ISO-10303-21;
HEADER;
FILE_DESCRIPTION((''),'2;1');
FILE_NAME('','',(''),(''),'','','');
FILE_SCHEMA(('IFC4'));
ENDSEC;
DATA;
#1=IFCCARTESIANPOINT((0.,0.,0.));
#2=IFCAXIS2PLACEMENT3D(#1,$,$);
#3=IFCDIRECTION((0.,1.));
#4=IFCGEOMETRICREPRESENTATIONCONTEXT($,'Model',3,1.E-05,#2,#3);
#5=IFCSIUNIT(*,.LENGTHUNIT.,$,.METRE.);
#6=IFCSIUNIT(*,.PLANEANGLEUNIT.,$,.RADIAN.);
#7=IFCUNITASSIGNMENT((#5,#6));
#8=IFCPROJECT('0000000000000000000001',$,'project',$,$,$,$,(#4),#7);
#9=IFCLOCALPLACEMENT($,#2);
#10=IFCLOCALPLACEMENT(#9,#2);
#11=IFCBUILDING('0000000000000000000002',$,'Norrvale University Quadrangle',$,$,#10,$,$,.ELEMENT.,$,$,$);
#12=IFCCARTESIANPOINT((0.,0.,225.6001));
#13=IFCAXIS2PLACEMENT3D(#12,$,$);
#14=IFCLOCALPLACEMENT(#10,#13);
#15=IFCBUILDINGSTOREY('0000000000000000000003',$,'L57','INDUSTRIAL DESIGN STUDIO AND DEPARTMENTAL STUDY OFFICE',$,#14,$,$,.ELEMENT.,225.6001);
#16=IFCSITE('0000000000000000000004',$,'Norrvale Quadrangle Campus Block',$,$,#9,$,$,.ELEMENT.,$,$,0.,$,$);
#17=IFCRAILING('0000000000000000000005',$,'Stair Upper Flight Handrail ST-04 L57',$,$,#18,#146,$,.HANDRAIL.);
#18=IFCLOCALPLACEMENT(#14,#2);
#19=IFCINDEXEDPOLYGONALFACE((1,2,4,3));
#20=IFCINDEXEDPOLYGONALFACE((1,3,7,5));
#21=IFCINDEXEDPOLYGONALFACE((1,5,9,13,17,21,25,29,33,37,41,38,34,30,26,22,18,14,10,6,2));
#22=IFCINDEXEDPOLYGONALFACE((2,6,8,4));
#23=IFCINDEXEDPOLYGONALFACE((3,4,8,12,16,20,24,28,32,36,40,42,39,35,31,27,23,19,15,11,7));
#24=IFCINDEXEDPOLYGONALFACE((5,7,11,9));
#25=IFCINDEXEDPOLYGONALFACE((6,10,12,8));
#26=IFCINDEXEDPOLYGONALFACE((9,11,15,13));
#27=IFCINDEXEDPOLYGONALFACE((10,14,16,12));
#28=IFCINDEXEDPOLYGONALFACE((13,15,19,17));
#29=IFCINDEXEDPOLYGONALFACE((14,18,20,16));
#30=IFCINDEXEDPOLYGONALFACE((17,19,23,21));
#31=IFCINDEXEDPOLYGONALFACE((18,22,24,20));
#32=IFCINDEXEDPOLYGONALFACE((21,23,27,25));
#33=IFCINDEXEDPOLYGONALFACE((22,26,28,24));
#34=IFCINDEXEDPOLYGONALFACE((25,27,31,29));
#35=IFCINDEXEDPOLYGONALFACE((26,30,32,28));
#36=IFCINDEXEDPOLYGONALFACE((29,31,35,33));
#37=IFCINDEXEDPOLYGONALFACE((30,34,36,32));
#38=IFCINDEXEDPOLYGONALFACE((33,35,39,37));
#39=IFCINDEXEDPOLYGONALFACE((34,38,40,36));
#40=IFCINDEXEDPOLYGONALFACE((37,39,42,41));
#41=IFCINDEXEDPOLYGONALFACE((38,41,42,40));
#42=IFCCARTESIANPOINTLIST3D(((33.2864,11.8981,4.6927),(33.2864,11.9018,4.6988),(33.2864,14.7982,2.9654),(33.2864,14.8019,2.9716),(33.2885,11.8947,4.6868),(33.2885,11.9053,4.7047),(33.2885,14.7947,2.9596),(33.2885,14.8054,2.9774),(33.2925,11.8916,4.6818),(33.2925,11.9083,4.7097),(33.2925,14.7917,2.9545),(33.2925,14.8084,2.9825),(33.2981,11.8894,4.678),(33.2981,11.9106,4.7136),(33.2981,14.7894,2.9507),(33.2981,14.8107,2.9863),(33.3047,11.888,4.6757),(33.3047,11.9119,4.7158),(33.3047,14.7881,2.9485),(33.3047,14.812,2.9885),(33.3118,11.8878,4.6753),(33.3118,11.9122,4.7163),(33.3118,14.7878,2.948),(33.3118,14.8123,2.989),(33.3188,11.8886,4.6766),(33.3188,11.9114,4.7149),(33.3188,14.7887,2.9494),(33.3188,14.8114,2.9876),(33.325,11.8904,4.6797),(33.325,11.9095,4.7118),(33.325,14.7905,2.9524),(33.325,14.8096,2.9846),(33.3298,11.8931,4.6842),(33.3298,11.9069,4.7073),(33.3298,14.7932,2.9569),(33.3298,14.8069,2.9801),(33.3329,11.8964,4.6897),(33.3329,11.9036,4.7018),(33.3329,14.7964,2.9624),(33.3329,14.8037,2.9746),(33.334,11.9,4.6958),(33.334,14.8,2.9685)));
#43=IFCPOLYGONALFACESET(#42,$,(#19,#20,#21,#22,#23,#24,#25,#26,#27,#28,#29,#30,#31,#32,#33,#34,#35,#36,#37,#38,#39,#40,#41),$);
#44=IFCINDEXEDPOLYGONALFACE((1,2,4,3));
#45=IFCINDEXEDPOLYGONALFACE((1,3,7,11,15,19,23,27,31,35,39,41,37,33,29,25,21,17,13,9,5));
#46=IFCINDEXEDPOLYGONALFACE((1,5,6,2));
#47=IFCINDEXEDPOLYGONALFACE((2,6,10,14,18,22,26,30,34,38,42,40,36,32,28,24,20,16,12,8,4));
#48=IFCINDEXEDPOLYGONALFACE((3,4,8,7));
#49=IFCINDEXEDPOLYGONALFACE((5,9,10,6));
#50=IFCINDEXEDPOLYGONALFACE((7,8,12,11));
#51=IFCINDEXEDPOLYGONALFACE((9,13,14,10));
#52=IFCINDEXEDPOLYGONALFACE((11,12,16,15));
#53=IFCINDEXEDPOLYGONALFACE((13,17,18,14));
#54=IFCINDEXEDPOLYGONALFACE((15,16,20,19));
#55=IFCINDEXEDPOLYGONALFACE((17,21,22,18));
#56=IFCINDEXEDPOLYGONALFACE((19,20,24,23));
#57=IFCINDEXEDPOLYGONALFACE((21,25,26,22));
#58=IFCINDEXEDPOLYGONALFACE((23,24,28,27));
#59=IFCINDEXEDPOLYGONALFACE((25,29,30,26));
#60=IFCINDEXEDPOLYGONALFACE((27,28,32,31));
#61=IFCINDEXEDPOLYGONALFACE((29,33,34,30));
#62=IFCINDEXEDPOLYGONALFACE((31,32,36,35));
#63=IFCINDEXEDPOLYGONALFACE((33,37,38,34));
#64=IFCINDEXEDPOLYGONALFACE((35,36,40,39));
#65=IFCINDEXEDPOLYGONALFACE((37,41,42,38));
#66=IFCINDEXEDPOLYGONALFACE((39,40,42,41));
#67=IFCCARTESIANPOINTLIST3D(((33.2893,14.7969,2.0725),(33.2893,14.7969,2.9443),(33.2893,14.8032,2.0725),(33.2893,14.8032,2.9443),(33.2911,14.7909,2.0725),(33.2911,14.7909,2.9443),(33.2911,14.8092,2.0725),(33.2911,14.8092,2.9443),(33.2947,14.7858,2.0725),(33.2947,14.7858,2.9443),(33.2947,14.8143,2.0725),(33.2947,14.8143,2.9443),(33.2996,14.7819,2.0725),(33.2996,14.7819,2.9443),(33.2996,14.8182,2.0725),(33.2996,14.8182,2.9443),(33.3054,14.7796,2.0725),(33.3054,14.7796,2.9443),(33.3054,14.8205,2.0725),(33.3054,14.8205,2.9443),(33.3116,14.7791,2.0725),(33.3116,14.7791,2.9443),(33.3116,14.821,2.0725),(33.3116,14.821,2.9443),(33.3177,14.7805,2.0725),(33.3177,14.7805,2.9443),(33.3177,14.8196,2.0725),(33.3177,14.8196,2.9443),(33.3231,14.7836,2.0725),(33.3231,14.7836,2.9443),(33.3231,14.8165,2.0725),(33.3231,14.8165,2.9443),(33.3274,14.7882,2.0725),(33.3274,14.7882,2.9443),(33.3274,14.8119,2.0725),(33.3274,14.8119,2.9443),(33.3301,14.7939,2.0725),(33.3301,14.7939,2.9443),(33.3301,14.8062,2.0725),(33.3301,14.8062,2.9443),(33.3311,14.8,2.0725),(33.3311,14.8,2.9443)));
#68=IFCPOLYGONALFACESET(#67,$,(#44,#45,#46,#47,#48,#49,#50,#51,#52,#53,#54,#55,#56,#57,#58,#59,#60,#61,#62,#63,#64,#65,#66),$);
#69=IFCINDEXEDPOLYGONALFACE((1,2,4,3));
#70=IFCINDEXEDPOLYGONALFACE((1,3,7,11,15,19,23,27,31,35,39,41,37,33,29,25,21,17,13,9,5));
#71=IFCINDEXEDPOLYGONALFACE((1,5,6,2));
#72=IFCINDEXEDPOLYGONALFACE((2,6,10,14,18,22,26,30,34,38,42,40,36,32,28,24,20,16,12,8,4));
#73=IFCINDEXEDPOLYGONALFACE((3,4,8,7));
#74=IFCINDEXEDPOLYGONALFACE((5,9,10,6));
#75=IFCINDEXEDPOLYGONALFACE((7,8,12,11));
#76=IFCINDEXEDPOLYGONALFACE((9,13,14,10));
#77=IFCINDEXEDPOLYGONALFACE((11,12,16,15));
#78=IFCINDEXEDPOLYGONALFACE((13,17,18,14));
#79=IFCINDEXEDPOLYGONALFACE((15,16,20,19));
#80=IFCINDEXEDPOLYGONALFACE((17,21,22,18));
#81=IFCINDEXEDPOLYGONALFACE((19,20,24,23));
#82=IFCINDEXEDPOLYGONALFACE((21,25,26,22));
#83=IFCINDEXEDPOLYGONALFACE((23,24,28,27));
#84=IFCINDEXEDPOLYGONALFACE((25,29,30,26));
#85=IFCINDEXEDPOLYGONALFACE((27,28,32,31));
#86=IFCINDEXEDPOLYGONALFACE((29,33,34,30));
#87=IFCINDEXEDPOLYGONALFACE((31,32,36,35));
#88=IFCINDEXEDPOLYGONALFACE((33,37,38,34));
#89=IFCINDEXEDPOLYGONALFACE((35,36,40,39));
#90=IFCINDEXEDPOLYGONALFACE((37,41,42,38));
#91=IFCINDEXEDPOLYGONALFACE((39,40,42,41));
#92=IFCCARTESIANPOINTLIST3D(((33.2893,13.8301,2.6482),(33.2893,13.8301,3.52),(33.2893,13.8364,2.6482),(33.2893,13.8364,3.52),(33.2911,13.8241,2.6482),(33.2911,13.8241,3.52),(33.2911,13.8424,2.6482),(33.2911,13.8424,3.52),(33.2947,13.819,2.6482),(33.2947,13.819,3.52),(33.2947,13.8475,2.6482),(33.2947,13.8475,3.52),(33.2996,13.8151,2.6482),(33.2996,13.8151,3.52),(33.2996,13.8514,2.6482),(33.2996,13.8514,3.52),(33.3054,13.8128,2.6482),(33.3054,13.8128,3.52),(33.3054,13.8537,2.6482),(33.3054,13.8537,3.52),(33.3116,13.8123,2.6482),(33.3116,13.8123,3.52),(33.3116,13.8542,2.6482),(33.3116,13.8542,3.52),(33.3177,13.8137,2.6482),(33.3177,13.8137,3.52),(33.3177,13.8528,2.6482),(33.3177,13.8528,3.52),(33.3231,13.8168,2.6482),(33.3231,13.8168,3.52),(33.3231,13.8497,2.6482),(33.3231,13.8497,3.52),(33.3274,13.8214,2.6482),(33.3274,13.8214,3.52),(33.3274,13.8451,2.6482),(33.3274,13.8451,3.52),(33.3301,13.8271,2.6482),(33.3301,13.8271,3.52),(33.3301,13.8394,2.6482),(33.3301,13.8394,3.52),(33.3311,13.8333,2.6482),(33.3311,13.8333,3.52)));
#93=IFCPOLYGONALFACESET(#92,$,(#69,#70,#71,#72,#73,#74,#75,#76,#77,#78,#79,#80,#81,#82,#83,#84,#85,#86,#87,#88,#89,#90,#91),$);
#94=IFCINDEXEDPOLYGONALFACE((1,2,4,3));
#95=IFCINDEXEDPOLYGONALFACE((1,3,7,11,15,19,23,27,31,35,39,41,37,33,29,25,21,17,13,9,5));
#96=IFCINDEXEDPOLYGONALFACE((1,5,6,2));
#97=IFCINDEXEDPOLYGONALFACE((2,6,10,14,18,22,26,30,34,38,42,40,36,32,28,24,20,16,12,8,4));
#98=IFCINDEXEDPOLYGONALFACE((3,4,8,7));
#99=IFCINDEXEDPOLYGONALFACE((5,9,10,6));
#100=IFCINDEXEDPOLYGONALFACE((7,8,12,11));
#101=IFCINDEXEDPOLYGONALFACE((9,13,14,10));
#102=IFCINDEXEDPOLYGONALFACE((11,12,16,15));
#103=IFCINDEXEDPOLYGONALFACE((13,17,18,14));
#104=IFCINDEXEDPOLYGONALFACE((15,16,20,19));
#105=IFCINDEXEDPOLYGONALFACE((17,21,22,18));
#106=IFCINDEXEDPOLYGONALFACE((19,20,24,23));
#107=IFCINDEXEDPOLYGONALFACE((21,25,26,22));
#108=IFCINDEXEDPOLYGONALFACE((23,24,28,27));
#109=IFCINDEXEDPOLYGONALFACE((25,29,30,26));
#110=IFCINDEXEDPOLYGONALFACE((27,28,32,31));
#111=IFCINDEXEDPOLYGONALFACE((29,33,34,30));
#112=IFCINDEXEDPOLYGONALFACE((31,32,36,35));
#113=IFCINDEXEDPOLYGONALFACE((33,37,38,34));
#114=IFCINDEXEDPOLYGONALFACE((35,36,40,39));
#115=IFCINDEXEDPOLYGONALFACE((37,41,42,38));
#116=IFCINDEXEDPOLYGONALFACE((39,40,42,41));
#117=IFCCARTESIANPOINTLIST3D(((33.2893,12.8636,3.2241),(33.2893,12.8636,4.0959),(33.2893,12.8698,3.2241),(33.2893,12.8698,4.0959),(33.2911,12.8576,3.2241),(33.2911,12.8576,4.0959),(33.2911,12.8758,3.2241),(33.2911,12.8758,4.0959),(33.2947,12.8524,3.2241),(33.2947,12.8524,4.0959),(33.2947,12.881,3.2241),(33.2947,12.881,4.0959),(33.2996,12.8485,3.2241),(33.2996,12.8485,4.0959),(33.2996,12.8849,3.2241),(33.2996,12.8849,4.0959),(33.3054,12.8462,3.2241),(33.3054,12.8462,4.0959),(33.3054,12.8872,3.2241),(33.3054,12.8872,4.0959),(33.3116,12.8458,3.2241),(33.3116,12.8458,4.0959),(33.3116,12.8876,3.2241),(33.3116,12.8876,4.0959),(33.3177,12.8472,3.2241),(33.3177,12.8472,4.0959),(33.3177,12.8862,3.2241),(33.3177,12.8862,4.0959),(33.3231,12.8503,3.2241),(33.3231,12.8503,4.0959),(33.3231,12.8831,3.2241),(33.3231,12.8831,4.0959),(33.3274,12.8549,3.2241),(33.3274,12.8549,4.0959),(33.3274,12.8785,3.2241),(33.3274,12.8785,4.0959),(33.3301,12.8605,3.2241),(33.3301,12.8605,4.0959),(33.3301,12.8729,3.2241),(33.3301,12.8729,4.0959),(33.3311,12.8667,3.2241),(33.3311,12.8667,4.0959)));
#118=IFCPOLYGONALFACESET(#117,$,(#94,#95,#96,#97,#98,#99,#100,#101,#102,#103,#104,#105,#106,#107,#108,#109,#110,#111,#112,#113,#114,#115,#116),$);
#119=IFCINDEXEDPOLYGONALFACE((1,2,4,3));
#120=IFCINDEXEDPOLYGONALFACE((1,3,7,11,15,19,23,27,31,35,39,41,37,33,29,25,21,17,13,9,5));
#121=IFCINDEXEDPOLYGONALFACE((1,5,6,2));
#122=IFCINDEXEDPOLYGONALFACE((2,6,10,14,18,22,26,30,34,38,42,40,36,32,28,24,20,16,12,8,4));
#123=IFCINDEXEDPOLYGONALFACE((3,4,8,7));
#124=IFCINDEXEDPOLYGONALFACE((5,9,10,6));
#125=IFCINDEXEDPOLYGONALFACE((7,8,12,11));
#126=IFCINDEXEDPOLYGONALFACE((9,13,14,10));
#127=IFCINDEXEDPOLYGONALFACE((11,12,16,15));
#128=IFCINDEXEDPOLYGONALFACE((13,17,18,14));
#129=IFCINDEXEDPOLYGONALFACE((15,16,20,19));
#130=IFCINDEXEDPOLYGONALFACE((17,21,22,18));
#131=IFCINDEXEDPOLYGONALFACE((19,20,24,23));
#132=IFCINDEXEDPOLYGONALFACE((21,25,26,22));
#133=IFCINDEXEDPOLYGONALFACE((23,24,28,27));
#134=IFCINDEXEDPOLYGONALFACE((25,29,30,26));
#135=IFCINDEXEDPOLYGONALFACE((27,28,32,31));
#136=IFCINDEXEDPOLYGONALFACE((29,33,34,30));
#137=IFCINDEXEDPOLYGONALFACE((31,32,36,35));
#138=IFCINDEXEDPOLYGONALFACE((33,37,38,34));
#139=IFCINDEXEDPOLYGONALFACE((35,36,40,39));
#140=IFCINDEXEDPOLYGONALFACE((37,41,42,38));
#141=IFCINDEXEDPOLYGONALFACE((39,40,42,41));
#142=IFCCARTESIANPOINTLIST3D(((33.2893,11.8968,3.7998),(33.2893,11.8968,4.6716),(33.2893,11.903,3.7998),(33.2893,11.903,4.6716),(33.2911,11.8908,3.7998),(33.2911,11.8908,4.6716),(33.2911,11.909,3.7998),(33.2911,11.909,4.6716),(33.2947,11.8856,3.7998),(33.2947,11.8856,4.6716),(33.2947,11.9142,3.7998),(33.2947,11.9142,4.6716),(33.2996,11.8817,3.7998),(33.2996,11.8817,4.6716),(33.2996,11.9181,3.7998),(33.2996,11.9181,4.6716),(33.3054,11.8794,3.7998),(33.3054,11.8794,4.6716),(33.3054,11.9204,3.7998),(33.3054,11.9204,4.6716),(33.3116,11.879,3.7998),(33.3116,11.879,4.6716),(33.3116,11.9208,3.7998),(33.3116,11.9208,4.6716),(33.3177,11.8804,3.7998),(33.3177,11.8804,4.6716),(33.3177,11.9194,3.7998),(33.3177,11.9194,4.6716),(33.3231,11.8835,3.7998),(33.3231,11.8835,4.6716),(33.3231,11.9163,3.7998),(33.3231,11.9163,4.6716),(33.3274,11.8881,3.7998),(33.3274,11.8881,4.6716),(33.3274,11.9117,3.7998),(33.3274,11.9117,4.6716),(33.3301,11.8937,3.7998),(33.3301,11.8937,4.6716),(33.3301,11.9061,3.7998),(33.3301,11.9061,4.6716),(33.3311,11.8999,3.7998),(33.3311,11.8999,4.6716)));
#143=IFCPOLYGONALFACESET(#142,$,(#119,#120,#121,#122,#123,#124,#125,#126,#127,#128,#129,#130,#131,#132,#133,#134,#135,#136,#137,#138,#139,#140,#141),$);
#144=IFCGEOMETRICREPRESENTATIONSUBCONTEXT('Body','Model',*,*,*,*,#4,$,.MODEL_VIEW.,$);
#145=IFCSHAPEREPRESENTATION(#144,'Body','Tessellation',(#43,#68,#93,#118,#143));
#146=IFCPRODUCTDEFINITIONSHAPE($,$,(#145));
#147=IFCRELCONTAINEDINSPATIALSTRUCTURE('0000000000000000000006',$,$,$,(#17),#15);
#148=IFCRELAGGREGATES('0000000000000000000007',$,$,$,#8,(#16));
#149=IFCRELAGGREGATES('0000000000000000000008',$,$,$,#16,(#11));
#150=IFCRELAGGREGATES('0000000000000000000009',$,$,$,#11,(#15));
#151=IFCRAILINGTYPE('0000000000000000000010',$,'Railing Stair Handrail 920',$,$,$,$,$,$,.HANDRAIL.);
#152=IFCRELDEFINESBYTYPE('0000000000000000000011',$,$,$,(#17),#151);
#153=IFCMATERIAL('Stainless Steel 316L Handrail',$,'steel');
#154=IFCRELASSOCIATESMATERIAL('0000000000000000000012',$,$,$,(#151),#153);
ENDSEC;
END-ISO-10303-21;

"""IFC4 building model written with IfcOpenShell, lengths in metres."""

from ifc_helpers import new_model, si_unit, direction, frame, origin, origin_2d, place, context, subcontext, project, spatial, circle, extrude, material, type_object, element, save


model = new_model("IFC4")

# Units and contexts
model_context = context("Model", 3, precision=1e-05, world=origin(), true_north=direction((0.0, 1.0)))
body_context = subcontext(model_context, "Body", "Model", "MODEL_VIEW")
ifc_project = project(units=[si_unit("LENGTHUNIT", "METRE"), si_unit("PLANEANGLEUNIT", "RADIAN")], contexts=[model_context])

# Site, building, storey
site_placement = place(None, origin())
site = spatial("IfcSite", under=ifc_project, at=site_placement, Name="Norrvale Quadrangle Campus Block", CompositionType="ELEMENT", RefElevation=0.0)
building_placement = place(site_placement, origin())
building = spatial("IfcBuilding", under=site, at=building_placement, Name="Norrvale University Quadrangle", CompositionType="ELEMENT")
storey_placement = place(building_placement, frame((0.0, 0.0, 225.6001)))
storey = spatial("IfcBuildingStorey", under=building, at=storey_placement, Name="L57", Description="INDUSTRIAL DESIGN STUDIO AND DEPARTMENTAL STUDY OFFICE", CompositionType="ELEMENT", Elevation=225.6001)

# Railing
ifc_material_1 = material(Name="Stainless Steel 316L Handrail", Category="steel")
railing_type_1 = type_object("IfcRailingType", Name="Railing Stair Handrail 920", PredefinedType="HANDRAIL", material=ifc_material_1)
railing_1_placement = place(storey_placement, frame((33.3101, 14.8, 2.0725)))
element("IfcRailing", 1, at=railing_1_placement, inside=storey, type_object=railing_type_1, Name="Stair Upper Flight Handrail ST-04 L57", PredefinedType="HANDRAIL", context=body_context, shape_type="SweptSolid", body=[
    extrude(circle(Radius=0.0239, at=origin_2d()), frame((0.0, 0.0, 0.896), z_axis=(0.0, -0.85916, 0.511706), x_axis=(1.0, 0.0, 0.0)), (0.0, 0.0, 1.0), 3.3755),
    extrude(circle(Radius=0.021, at=origin_2d()), origin(), (0.0, 0.0, 1.0), 0.8718),
    extrude(circle(Radius=0.021, at=origin_2d()), frame((0.0, -0.9668, 0.5757)), (0.0, 0.0, 1.0), 0.8718),
    extrude(circle(Radius=0.021, at=origin_2d()), frame((0.0, -1.9333, 1.1516)), (0.0, 0.0, 1.0), 0.8718),
    extrude(circle(Radius=0.021, at=origin_2d()), frame((0.0, -2.9001, 1.7273)), (0.0, 0.0, 1.0), 0.8718),
])

save(model, "model.ifc")
